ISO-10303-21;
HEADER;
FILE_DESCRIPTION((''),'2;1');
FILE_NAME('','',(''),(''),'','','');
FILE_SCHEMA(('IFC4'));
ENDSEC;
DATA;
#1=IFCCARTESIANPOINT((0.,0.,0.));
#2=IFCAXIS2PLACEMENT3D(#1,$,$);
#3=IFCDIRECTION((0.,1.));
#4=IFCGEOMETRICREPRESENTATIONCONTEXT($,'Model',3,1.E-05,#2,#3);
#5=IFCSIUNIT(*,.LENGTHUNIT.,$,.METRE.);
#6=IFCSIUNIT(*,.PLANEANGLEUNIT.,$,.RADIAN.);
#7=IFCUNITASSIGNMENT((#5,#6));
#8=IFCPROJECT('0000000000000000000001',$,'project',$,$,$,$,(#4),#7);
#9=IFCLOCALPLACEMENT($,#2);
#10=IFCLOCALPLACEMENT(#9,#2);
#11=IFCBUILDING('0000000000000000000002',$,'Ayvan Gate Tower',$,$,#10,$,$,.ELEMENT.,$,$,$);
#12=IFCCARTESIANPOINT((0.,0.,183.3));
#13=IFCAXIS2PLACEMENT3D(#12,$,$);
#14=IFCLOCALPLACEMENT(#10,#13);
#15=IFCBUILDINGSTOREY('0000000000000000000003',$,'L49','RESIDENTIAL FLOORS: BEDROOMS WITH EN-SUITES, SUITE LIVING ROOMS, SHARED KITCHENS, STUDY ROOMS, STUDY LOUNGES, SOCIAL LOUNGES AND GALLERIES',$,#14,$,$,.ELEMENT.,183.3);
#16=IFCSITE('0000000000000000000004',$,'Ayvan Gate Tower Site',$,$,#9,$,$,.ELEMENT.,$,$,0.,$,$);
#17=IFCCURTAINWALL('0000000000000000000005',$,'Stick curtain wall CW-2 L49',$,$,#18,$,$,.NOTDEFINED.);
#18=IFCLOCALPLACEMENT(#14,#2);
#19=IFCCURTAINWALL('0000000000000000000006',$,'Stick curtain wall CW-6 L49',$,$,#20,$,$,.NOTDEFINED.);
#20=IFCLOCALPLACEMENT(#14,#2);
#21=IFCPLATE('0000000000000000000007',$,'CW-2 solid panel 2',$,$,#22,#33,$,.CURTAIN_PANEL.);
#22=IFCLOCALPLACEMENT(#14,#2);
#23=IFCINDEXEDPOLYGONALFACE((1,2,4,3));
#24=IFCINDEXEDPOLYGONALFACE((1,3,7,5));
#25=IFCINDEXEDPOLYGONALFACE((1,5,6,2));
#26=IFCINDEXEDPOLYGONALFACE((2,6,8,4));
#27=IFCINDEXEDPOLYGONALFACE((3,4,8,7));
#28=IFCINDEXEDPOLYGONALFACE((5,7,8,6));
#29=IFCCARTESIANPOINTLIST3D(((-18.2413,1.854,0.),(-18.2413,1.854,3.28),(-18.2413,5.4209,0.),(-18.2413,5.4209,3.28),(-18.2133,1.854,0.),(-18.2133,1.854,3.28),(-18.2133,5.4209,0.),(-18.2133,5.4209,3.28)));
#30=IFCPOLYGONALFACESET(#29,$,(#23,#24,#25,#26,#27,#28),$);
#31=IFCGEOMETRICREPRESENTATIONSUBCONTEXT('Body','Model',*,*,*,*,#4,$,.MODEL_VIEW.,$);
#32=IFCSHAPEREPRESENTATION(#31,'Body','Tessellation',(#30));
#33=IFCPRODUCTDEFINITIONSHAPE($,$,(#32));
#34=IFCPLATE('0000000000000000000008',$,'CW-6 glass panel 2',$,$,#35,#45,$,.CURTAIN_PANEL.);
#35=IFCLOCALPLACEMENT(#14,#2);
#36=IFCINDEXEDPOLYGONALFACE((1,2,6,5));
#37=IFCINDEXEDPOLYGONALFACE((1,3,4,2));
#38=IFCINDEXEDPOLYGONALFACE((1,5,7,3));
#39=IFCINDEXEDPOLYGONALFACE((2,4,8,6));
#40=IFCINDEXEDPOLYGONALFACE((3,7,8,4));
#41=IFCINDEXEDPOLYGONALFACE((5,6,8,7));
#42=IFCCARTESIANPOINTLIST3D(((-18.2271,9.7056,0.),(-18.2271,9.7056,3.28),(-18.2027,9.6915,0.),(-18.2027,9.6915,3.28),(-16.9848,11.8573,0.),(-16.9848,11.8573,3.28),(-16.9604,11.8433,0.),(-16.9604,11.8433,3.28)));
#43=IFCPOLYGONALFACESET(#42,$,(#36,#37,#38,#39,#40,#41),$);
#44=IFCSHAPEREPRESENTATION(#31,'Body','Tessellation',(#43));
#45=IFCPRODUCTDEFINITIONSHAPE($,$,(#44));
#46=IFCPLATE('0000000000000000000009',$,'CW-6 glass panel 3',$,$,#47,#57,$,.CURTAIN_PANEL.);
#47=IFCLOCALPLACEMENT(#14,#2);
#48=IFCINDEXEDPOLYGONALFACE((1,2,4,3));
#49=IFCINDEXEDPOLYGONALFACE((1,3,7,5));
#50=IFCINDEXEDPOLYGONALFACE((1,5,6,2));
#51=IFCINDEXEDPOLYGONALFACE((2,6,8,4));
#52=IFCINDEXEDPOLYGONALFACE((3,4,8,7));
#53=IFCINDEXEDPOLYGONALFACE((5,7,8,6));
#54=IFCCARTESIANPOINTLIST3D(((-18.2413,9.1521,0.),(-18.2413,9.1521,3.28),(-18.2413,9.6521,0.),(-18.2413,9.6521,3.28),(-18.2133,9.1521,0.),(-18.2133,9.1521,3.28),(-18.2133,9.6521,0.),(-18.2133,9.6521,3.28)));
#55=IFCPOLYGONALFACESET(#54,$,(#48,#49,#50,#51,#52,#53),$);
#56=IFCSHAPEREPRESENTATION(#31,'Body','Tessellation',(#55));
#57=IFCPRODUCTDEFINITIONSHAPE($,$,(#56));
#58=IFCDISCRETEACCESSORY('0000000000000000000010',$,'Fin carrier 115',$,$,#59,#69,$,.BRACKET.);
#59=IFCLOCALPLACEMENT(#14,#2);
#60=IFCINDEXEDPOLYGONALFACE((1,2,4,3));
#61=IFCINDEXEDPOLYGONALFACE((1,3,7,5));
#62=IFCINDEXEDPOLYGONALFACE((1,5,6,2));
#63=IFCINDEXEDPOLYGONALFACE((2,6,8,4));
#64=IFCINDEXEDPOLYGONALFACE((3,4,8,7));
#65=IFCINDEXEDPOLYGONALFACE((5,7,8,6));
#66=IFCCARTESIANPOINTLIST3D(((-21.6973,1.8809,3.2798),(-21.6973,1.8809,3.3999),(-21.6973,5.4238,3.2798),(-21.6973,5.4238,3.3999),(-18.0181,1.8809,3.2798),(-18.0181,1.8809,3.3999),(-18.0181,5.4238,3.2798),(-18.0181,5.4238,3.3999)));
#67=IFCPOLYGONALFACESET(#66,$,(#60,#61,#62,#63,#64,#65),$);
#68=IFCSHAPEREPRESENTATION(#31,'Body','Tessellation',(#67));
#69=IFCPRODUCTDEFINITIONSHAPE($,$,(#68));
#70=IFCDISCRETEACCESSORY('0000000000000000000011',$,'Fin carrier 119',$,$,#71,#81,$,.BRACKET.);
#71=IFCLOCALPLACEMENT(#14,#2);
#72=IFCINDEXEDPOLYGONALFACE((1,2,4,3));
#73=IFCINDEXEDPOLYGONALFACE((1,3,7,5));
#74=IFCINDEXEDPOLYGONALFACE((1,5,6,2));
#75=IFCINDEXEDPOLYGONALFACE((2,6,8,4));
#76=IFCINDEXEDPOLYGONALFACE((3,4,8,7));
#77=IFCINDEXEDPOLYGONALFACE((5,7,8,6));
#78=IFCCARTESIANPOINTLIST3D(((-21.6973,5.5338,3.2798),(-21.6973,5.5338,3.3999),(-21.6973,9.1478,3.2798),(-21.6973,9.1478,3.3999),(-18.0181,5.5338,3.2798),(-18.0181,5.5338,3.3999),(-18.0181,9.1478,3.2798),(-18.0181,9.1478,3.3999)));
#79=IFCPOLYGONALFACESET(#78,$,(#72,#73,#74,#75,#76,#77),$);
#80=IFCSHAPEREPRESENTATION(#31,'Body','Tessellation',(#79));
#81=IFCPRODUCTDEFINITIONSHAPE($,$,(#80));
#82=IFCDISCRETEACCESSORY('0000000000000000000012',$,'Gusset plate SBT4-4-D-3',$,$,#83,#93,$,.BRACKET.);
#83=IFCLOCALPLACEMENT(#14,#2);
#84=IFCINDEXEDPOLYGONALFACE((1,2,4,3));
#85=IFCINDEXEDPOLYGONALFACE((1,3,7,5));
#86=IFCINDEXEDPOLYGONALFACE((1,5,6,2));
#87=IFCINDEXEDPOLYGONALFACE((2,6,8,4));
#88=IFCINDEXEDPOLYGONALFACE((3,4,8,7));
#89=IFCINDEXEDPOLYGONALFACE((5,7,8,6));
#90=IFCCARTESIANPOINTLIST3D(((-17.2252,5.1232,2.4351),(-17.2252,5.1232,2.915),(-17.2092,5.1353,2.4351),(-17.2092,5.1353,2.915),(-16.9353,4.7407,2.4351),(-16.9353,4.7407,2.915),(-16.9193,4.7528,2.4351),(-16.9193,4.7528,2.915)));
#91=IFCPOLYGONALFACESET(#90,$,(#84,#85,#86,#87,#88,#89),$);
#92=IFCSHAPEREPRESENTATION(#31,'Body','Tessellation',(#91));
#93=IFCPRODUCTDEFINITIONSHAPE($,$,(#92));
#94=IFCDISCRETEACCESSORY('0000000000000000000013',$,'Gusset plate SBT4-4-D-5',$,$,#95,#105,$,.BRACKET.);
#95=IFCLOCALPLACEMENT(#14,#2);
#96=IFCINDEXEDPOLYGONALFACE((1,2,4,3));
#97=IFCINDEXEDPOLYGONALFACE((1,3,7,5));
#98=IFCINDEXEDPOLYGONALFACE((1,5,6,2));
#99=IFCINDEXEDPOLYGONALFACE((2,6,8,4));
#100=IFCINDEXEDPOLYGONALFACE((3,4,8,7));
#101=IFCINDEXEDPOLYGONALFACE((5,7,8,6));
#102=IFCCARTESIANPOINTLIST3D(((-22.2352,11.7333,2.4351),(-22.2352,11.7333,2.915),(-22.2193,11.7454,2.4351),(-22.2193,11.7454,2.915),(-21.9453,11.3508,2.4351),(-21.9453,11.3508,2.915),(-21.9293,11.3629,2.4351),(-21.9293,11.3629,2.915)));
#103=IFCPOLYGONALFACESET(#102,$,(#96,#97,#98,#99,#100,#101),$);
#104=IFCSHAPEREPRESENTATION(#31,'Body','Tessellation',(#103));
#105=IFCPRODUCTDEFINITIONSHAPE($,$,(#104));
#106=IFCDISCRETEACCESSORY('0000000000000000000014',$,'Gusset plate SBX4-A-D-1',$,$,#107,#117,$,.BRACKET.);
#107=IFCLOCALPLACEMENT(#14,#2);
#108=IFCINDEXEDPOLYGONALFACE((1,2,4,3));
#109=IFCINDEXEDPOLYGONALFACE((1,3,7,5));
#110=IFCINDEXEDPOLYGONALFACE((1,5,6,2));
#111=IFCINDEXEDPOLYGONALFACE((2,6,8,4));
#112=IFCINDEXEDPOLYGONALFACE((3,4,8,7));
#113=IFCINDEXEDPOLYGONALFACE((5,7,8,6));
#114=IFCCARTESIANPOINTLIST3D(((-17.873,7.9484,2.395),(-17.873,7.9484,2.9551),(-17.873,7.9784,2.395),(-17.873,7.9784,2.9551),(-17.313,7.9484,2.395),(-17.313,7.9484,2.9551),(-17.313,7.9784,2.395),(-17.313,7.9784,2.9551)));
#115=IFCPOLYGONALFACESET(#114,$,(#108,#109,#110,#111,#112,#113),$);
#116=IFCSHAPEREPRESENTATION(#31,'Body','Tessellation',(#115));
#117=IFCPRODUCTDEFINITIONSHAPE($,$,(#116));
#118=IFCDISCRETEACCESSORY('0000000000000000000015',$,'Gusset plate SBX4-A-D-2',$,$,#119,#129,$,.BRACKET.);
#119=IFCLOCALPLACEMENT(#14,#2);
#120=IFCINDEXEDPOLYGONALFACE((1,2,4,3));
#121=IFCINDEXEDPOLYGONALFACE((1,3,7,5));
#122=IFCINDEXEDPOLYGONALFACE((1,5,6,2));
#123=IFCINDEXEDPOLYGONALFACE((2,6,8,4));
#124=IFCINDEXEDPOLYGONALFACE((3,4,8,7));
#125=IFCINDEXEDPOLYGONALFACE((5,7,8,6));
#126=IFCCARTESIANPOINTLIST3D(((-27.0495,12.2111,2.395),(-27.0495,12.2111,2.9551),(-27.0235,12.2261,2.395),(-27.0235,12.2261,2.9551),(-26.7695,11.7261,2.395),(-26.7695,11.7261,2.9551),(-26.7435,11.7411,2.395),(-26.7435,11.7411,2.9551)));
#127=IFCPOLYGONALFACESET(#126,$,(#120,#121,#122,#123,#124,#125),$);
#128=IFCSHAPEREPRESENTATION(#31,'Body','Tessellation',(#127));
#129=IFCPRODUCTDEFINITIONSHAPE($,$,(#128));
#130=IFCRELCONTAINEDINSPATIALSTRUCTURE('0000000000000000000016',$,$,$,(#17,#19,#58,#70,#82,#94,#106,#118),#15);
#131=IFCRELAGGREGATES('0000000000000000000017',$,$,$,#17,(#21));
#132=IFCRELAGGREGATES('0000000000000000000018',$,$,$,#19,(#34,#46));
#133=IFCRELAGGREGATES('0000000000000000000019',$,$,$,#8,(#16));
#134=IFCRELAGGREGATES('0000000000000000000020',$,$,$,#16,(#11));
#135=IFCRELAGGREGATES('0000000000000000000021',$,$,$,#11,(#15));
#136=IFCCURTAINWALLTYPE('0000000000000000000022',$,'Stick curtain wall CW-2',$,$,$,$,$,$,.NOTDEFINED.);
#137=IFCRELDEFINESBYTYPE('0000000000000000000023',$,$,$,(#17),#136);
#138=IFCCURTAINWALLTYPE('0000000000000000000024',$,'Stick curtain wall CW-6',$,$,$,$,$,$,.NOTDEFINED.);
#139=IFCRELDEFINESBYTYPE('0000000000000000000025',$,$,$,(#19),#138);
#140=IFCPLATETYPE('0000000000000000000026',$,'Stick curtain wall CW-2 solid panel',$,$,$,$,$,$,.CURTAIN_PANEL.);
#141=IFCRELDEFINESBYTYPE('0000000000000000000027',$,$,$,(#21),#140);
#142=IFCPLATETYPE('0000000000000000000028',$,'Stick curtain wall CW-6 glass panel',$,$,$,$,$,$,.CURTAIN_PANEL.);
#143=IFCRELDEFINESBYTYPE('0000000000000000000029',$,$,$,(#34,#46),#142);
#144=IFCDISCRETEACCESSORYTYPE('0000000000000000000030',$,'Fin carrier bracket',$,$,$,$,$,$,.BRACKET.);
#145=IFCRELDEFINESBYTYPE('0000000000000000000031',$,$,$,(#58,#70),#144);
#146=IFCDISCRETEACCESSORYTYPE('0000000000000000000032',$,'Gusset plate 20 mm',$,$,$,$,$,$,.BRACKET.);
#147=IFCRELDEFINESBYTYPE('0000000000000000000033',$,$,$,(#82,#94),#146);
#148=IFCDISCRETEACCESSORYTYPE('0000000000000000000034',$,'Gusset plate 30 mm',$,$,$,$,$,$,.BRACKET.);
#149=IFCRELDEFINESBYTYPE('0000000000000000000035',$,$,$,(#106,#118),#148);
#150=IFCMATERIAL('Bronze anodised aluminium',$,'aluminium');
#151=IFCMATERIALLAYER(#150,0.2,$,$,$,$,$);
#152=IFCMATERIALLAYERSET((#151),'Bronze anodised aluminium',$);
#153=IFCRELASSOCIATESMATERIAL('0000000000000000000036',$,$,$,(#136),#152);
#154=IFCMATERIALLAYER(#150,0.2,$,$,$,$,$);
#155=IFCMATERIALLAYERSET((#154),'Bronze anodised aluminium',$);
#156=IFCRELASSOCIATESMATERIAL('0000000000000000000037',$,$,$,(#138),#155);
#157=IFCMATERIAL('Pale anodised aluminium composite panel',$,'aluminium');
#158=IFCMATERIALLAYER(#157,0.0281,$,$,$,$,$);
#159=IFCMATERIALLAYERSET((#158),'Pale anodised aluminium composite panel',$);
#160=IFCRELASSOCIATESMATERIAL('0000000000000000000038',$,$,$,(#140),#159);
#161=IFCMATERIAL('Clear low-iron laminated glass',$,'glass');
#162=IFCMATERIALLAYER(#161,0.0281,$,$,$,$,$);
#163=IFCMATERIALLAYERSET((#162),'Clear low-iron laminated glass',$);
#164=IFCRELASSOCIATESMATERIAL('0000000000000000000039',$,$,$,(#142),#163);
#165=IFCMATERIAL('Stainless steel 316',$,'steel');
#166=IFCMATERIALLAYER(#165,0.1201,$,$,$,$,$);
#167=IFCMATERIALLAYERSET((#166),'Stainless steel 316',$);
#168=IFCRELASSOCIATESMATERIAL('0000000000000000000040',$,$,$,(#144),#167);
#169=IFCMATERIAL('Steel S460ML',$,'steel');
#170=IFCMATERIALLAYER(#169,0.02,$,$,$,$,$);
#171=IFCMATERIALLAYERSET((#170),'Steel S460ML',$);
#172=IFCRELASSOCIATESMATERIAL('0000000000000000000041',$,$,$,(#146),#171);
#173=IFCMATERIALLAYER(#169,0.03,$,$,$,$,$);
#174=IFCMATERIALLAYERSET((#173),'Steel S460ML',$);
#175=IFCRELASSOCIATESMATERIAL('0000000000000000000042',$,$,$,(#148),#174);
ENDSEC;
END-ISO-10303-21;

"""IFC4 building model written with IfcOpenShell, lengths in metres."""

from ifc_helpers import new_model, si_unit, direction, frame, origin, origin_2d, place, context, subcontext, project, spatial, rectangle, extrude, material, layer, layer_set, type_object, element, aggregate, save


model = new_model("IFC4")

# Units and contexts
model_context = context("Model", 3, precision=1e-05, world=origin(), true_north=direction((0.0, 1.0)))
body_context = subcontext(model_context, "Body", "Model", "MODEL_VIEW")
ifc_project = project(units=[si_unit("LENGTHUNIT", "METRE"), si_unit("PLANEANGLEUNIT", "RADIAN")], contexts=[model_context])

# Site, building, storey
site_placement = place(None, origin())
site = spatial("IfcSite", under=ifc_project, at=site_placement, Name="Ayvan Gate Tower Site", CompositionType="ELEMENT", RefElevation=0.0)
building_placement = place(site_placement, origin())
building = spatial("IfcBuilding", under=site, at=building_placement, Name="Ayvan Gate Tower", CompositionType="ELEMENT")
storey_placement = place(building_placement, frame((0.0, 0.0, 183.3)))
storey = spatial("IfcBuildingStorey", under=building, at=storey_placement, Name="L49", Description="RESIDENTIAL FLOORS: BEDROOMS WITH EN-SUITES, SUITE LIVING ROOMS, SHARED KITCHENS, STUDY ROOMS, STUDY LOUNGES, SOCIAL LOUNGES AND GALLERIES", CompositionType="ELEMENT", Elevation=183.3)

# Curtain walls
ifc_material_1 = material(Name="Bronze anodised aluminium", Category="aluminium")
ifc_layer_1 = layer(ifc_material_1, 0.2)
ifc_layer_set_1 = layer_set([ifc_layer_1], Name="Bronze anodised aluminium")
curtain_wall_type_1 = type_object("IfcCurtainWallType", Name="Stick curtain wall CW-2", PredefinedType="NOTDEFINED", material=ifc_layer_set_1)
curtain_wall_1_placement = place(storey_placement, origin())
curtain_wall_1 = element("IfcCurtainWall", 1, at=curtain_wall_1_placement, inside=storey, type_object=curtain_wall_type_1, Name="Stick curtain wall CW-2 L49", PredefinedType="NOTDEFINED")
ifc_layer_2 = layer(ifc_material_1, 0.2)
ifc_layer_set_2 = layer_set([ifc_layer_2], Name="Bronze anodised aluminium")
curtain_wall_type_2 = type_object("IfcCurtainWallType", Name="Stick curtain wall CW-6", PredefinedType="NOTDEFINED", material=ifc_layer_set_2)
curtain_wall_2_placement = place(storey_placement, origin())
curtain_wall_2 = element("IfcCurtainWall", 2, at=curtain_wall_2_placement, inside=storey, type_object=curtain_wall_type_2, Name="Stick curtain wall CW-6 L49", PredefinedType="NOTDEFINED")

# Plates
ifc_material_2 = material(Name="Clear low-iron laminated glass", Category="glass")
ifc_material_3 = material(Name="Pale anodised aluminium composite panel", Category="aluminium")
ifc_layer_3 = layer(ifc_material_3, 0.0281)
ifc_layer_set_3 = layer_set([ifc_layer_3], Name="Pale anodised aluminium composite panel")
plate_type_1 = type_object("IfcPlateType", Name="Stick curtain wall CW-2 solid panel", PredefinedType="CURTAIN_PANEL", material=ifc_layer_set_3)
plate_1_placement = place(storey_placement, frame((-18.2273, 3.6375, 0.0), z_axis=(0.0, 0.0, 1.0), x_axis=(0.0, -1.0, 0.0)))
plate_1 = element("IfcPlate", 3, at=plate_1_placement, type_object=plate_type_1, Name="CW-2 solid panel 2", PredefinedType="CURTAIN_PANEL", context=body_context, shape_type="SweptSolid", body=[
    extrude(rectangle(XDim=3.5669, YDim=0.0281, at=origin_2d()), origin(), (0.0, 0.0, 1.0), 3.28),
])
aggregate(curtain_wall_1, [plate_1])
ifc_layer_4 = layer(ifc_material_2, 0.0281)
ifc_layer_set_4 = layer_set([ifc_layer_4], Name="Clear low-iron laminated glass")
plate_type_2 = type_object("IfcPlateType", Name="Stick curtain wall CW-6 glass panel", PredefinedType="CURTAIN_PANEL", material=ifc_layer_set_4)
plate_2_placement = place(storey_placement, frame((-17.5938, 10.7744, 0.0), z_axis=(0.0, 0.0, 1.0), x_axis=(-0.5, -0.866025, 0.0)))
plate_2 = element("IfcPlate", 4, at=plate_2_placement, type_object=plate_type_2, Name="CW-6 glass panel 2", PredefinedType="CURTAIN_PANEL", context=body_context, shape_type="SweptSolid", body=[
    extrude(rectangle(XDim=2.4846, YDim=0.0281, at=origin_2d()), origin(), (0.0, 0.0, 1.0), 3.28),
])
plate_3_placement = place(storey_placement, frame((-18.2273, 9.4021, 0.0), z_axis=(0.0, 0.0, 1.0), x_axis=(0.0, -1.0, 0.0)))
plate_3 = element("IfcPlate", 5, at=plate_3_placement, type_object=plate_type_2, Name="CW-6 glass panel 3", PredefinedType="CURTAIN_PANEL", context=body_context, shape_type="SweptSolid", body=[
    extrude(rectangle(XDim=0.5, YDim=0.0281, at=origin_2d()), origin(), (0.0, 0.0, 1.0), 3.28),
])
aggregate(curtain_wall_2, [plate_2, plate_3])

# Discrete accessories
ifc_material_4 = material(Name="Stainless steel 316", Category="steel")
ifc_layer_5 = layer(ifc_material_4, 0.1201)
ifc_layer_set_5 = layer_set([ifc_layer_5], Name="Stainless steel 316")
discrete_accessory_type_1 = type_object("IfcDiscreteAccessoryType", Name="Fin carrier bracket", PredefinedType="BRACKET", material=ifc_layer_set_5)
discrete_accessory_1_placement = place(storey_placement, frame((-19.8577, 3.6523, 3.2798), z_axis=(0.0, 0.0, 1.0), x_axis=(0.0, -1.0, 0.0)))
element("IfcDiscreteAccessory", 6, at=discrete_accessory_1_placement, inside=storey, type_object=discrete_accessory_type_1, Name="Fin carrier 115", PredefinedType="BRACKET", context=body_context, shape_type="SweptSolid", body=[
    extrude(rectangle(XDim=3.543, YDim=3.6792, at=origin_2d()), origin(), (0.0, 0.0, 1.0), 0.1201),
])
discrete_accessory_2_placement = place(storey_placement, frame((-19.8577, 7.3408, 3.2798), z_axis=(0.0, 0.0, 1.0), x_axis=(0.0, -1.0, 0.0)))
element("IfcDiscreteAccessory", 7, at=discrete_accessory_2_placement, inside=storey, type_object=discrete_accessory_type_1, Name="Fin carrier 119", PredefinedType="BRACKET", context=body_context, shape_type="SweptSolid", body=[
    extrude(rectangle(XDim=3.614, YDim=3.6792, at=origin_2d()), origin(), (0.0, 0.0, 1.0), 0.1201),
])
ifc_material_5 = material(Name="Steel S460ML", Category="steel")
ifc_layer_6 = layer(ifc_material_5, 0.02)
ifc_layer_set_6 = layer_set([ifc_layer_6], Name="Steel S460ML")
discrete_accessory_type_2 = type_object("IfcDiscreteAccessoryType", Name="Gusset plate 20 mm", PredefinedType="BRACKET", material=ifc_layer_set_6)
for number, where, z_axis, x_axis, name in (
    (8, (-17.0723, 4.938, 2.4351), (0.0, 0.0, 1.0), (-0.604022, 0.796968, 0.0), "Gusset plate SBT4-4-D-3"),
    (9, (-22.0823, 11.5481, 2.4351), (0.0, 0.0, 1.0), (-0.604022, 0.796968, 0.0), "Gusset plate SBT4-4-D-5"),
):
    element("IfcDiscreteAccessory", number, at=place(storey_placement, frame(where, z_axis=z_axis, x_axis=x_axis)), inside=storey, type_object=discrete_accessory_type_2, Name=name, PredefinedType="BRACKET", context=body_context, shape_type="SweptSolid", body=[
        extrude(rectangle(XDim=0.48, YDim=0.02, at=origin_2d()), origin(), (0.0, 0.0, 1.0), 0.48),
    ])
ifc_layer_7 = layer(ifc_material_5, 0.03)
ifc_layer_set_7 = layer_set([ifc_layer_7], Name="Steel S460ML")
discrete_accessory_type_3 = type_object("IfcDiscreteAccessoryType", Name="Gusset plate 30 mm", PredefinedType="BRACKET", material=ifc_layer_set_7)
for number, where, z_axis, x_axis, name in (
    (10, (-17.593, 7.9634, 2.395), (0.0, 0.0, 1.0), (1.0, 0.0, 0.0), "Gusset plate SBX4-A-D-1"),
    (11, (-26.8965, 11.9761, 2.395), (0.0, 0.0, 1.0), (-0.5, 0.866025, 0.0), "Gusset plate SBX4-A-D-2"),
):
    element("IfcDiscreteAccessory", number, at=place(storey_placement, frame(where, z_axis=z_axis, x_axis=x_axis)), inside=storey, type_object=discrete_accessory_type_3, Name=name, PredefinedType="BRACKET", context=body_context, shape_type="SweptSolid", body=[
        extrude(rectangle(XDim=0.5601, YDim=0.03, at=origin_2d()), origin(), (0.0, 0.0, 1.0), 0.5601),
    ])

save(model, "model.ifc")
